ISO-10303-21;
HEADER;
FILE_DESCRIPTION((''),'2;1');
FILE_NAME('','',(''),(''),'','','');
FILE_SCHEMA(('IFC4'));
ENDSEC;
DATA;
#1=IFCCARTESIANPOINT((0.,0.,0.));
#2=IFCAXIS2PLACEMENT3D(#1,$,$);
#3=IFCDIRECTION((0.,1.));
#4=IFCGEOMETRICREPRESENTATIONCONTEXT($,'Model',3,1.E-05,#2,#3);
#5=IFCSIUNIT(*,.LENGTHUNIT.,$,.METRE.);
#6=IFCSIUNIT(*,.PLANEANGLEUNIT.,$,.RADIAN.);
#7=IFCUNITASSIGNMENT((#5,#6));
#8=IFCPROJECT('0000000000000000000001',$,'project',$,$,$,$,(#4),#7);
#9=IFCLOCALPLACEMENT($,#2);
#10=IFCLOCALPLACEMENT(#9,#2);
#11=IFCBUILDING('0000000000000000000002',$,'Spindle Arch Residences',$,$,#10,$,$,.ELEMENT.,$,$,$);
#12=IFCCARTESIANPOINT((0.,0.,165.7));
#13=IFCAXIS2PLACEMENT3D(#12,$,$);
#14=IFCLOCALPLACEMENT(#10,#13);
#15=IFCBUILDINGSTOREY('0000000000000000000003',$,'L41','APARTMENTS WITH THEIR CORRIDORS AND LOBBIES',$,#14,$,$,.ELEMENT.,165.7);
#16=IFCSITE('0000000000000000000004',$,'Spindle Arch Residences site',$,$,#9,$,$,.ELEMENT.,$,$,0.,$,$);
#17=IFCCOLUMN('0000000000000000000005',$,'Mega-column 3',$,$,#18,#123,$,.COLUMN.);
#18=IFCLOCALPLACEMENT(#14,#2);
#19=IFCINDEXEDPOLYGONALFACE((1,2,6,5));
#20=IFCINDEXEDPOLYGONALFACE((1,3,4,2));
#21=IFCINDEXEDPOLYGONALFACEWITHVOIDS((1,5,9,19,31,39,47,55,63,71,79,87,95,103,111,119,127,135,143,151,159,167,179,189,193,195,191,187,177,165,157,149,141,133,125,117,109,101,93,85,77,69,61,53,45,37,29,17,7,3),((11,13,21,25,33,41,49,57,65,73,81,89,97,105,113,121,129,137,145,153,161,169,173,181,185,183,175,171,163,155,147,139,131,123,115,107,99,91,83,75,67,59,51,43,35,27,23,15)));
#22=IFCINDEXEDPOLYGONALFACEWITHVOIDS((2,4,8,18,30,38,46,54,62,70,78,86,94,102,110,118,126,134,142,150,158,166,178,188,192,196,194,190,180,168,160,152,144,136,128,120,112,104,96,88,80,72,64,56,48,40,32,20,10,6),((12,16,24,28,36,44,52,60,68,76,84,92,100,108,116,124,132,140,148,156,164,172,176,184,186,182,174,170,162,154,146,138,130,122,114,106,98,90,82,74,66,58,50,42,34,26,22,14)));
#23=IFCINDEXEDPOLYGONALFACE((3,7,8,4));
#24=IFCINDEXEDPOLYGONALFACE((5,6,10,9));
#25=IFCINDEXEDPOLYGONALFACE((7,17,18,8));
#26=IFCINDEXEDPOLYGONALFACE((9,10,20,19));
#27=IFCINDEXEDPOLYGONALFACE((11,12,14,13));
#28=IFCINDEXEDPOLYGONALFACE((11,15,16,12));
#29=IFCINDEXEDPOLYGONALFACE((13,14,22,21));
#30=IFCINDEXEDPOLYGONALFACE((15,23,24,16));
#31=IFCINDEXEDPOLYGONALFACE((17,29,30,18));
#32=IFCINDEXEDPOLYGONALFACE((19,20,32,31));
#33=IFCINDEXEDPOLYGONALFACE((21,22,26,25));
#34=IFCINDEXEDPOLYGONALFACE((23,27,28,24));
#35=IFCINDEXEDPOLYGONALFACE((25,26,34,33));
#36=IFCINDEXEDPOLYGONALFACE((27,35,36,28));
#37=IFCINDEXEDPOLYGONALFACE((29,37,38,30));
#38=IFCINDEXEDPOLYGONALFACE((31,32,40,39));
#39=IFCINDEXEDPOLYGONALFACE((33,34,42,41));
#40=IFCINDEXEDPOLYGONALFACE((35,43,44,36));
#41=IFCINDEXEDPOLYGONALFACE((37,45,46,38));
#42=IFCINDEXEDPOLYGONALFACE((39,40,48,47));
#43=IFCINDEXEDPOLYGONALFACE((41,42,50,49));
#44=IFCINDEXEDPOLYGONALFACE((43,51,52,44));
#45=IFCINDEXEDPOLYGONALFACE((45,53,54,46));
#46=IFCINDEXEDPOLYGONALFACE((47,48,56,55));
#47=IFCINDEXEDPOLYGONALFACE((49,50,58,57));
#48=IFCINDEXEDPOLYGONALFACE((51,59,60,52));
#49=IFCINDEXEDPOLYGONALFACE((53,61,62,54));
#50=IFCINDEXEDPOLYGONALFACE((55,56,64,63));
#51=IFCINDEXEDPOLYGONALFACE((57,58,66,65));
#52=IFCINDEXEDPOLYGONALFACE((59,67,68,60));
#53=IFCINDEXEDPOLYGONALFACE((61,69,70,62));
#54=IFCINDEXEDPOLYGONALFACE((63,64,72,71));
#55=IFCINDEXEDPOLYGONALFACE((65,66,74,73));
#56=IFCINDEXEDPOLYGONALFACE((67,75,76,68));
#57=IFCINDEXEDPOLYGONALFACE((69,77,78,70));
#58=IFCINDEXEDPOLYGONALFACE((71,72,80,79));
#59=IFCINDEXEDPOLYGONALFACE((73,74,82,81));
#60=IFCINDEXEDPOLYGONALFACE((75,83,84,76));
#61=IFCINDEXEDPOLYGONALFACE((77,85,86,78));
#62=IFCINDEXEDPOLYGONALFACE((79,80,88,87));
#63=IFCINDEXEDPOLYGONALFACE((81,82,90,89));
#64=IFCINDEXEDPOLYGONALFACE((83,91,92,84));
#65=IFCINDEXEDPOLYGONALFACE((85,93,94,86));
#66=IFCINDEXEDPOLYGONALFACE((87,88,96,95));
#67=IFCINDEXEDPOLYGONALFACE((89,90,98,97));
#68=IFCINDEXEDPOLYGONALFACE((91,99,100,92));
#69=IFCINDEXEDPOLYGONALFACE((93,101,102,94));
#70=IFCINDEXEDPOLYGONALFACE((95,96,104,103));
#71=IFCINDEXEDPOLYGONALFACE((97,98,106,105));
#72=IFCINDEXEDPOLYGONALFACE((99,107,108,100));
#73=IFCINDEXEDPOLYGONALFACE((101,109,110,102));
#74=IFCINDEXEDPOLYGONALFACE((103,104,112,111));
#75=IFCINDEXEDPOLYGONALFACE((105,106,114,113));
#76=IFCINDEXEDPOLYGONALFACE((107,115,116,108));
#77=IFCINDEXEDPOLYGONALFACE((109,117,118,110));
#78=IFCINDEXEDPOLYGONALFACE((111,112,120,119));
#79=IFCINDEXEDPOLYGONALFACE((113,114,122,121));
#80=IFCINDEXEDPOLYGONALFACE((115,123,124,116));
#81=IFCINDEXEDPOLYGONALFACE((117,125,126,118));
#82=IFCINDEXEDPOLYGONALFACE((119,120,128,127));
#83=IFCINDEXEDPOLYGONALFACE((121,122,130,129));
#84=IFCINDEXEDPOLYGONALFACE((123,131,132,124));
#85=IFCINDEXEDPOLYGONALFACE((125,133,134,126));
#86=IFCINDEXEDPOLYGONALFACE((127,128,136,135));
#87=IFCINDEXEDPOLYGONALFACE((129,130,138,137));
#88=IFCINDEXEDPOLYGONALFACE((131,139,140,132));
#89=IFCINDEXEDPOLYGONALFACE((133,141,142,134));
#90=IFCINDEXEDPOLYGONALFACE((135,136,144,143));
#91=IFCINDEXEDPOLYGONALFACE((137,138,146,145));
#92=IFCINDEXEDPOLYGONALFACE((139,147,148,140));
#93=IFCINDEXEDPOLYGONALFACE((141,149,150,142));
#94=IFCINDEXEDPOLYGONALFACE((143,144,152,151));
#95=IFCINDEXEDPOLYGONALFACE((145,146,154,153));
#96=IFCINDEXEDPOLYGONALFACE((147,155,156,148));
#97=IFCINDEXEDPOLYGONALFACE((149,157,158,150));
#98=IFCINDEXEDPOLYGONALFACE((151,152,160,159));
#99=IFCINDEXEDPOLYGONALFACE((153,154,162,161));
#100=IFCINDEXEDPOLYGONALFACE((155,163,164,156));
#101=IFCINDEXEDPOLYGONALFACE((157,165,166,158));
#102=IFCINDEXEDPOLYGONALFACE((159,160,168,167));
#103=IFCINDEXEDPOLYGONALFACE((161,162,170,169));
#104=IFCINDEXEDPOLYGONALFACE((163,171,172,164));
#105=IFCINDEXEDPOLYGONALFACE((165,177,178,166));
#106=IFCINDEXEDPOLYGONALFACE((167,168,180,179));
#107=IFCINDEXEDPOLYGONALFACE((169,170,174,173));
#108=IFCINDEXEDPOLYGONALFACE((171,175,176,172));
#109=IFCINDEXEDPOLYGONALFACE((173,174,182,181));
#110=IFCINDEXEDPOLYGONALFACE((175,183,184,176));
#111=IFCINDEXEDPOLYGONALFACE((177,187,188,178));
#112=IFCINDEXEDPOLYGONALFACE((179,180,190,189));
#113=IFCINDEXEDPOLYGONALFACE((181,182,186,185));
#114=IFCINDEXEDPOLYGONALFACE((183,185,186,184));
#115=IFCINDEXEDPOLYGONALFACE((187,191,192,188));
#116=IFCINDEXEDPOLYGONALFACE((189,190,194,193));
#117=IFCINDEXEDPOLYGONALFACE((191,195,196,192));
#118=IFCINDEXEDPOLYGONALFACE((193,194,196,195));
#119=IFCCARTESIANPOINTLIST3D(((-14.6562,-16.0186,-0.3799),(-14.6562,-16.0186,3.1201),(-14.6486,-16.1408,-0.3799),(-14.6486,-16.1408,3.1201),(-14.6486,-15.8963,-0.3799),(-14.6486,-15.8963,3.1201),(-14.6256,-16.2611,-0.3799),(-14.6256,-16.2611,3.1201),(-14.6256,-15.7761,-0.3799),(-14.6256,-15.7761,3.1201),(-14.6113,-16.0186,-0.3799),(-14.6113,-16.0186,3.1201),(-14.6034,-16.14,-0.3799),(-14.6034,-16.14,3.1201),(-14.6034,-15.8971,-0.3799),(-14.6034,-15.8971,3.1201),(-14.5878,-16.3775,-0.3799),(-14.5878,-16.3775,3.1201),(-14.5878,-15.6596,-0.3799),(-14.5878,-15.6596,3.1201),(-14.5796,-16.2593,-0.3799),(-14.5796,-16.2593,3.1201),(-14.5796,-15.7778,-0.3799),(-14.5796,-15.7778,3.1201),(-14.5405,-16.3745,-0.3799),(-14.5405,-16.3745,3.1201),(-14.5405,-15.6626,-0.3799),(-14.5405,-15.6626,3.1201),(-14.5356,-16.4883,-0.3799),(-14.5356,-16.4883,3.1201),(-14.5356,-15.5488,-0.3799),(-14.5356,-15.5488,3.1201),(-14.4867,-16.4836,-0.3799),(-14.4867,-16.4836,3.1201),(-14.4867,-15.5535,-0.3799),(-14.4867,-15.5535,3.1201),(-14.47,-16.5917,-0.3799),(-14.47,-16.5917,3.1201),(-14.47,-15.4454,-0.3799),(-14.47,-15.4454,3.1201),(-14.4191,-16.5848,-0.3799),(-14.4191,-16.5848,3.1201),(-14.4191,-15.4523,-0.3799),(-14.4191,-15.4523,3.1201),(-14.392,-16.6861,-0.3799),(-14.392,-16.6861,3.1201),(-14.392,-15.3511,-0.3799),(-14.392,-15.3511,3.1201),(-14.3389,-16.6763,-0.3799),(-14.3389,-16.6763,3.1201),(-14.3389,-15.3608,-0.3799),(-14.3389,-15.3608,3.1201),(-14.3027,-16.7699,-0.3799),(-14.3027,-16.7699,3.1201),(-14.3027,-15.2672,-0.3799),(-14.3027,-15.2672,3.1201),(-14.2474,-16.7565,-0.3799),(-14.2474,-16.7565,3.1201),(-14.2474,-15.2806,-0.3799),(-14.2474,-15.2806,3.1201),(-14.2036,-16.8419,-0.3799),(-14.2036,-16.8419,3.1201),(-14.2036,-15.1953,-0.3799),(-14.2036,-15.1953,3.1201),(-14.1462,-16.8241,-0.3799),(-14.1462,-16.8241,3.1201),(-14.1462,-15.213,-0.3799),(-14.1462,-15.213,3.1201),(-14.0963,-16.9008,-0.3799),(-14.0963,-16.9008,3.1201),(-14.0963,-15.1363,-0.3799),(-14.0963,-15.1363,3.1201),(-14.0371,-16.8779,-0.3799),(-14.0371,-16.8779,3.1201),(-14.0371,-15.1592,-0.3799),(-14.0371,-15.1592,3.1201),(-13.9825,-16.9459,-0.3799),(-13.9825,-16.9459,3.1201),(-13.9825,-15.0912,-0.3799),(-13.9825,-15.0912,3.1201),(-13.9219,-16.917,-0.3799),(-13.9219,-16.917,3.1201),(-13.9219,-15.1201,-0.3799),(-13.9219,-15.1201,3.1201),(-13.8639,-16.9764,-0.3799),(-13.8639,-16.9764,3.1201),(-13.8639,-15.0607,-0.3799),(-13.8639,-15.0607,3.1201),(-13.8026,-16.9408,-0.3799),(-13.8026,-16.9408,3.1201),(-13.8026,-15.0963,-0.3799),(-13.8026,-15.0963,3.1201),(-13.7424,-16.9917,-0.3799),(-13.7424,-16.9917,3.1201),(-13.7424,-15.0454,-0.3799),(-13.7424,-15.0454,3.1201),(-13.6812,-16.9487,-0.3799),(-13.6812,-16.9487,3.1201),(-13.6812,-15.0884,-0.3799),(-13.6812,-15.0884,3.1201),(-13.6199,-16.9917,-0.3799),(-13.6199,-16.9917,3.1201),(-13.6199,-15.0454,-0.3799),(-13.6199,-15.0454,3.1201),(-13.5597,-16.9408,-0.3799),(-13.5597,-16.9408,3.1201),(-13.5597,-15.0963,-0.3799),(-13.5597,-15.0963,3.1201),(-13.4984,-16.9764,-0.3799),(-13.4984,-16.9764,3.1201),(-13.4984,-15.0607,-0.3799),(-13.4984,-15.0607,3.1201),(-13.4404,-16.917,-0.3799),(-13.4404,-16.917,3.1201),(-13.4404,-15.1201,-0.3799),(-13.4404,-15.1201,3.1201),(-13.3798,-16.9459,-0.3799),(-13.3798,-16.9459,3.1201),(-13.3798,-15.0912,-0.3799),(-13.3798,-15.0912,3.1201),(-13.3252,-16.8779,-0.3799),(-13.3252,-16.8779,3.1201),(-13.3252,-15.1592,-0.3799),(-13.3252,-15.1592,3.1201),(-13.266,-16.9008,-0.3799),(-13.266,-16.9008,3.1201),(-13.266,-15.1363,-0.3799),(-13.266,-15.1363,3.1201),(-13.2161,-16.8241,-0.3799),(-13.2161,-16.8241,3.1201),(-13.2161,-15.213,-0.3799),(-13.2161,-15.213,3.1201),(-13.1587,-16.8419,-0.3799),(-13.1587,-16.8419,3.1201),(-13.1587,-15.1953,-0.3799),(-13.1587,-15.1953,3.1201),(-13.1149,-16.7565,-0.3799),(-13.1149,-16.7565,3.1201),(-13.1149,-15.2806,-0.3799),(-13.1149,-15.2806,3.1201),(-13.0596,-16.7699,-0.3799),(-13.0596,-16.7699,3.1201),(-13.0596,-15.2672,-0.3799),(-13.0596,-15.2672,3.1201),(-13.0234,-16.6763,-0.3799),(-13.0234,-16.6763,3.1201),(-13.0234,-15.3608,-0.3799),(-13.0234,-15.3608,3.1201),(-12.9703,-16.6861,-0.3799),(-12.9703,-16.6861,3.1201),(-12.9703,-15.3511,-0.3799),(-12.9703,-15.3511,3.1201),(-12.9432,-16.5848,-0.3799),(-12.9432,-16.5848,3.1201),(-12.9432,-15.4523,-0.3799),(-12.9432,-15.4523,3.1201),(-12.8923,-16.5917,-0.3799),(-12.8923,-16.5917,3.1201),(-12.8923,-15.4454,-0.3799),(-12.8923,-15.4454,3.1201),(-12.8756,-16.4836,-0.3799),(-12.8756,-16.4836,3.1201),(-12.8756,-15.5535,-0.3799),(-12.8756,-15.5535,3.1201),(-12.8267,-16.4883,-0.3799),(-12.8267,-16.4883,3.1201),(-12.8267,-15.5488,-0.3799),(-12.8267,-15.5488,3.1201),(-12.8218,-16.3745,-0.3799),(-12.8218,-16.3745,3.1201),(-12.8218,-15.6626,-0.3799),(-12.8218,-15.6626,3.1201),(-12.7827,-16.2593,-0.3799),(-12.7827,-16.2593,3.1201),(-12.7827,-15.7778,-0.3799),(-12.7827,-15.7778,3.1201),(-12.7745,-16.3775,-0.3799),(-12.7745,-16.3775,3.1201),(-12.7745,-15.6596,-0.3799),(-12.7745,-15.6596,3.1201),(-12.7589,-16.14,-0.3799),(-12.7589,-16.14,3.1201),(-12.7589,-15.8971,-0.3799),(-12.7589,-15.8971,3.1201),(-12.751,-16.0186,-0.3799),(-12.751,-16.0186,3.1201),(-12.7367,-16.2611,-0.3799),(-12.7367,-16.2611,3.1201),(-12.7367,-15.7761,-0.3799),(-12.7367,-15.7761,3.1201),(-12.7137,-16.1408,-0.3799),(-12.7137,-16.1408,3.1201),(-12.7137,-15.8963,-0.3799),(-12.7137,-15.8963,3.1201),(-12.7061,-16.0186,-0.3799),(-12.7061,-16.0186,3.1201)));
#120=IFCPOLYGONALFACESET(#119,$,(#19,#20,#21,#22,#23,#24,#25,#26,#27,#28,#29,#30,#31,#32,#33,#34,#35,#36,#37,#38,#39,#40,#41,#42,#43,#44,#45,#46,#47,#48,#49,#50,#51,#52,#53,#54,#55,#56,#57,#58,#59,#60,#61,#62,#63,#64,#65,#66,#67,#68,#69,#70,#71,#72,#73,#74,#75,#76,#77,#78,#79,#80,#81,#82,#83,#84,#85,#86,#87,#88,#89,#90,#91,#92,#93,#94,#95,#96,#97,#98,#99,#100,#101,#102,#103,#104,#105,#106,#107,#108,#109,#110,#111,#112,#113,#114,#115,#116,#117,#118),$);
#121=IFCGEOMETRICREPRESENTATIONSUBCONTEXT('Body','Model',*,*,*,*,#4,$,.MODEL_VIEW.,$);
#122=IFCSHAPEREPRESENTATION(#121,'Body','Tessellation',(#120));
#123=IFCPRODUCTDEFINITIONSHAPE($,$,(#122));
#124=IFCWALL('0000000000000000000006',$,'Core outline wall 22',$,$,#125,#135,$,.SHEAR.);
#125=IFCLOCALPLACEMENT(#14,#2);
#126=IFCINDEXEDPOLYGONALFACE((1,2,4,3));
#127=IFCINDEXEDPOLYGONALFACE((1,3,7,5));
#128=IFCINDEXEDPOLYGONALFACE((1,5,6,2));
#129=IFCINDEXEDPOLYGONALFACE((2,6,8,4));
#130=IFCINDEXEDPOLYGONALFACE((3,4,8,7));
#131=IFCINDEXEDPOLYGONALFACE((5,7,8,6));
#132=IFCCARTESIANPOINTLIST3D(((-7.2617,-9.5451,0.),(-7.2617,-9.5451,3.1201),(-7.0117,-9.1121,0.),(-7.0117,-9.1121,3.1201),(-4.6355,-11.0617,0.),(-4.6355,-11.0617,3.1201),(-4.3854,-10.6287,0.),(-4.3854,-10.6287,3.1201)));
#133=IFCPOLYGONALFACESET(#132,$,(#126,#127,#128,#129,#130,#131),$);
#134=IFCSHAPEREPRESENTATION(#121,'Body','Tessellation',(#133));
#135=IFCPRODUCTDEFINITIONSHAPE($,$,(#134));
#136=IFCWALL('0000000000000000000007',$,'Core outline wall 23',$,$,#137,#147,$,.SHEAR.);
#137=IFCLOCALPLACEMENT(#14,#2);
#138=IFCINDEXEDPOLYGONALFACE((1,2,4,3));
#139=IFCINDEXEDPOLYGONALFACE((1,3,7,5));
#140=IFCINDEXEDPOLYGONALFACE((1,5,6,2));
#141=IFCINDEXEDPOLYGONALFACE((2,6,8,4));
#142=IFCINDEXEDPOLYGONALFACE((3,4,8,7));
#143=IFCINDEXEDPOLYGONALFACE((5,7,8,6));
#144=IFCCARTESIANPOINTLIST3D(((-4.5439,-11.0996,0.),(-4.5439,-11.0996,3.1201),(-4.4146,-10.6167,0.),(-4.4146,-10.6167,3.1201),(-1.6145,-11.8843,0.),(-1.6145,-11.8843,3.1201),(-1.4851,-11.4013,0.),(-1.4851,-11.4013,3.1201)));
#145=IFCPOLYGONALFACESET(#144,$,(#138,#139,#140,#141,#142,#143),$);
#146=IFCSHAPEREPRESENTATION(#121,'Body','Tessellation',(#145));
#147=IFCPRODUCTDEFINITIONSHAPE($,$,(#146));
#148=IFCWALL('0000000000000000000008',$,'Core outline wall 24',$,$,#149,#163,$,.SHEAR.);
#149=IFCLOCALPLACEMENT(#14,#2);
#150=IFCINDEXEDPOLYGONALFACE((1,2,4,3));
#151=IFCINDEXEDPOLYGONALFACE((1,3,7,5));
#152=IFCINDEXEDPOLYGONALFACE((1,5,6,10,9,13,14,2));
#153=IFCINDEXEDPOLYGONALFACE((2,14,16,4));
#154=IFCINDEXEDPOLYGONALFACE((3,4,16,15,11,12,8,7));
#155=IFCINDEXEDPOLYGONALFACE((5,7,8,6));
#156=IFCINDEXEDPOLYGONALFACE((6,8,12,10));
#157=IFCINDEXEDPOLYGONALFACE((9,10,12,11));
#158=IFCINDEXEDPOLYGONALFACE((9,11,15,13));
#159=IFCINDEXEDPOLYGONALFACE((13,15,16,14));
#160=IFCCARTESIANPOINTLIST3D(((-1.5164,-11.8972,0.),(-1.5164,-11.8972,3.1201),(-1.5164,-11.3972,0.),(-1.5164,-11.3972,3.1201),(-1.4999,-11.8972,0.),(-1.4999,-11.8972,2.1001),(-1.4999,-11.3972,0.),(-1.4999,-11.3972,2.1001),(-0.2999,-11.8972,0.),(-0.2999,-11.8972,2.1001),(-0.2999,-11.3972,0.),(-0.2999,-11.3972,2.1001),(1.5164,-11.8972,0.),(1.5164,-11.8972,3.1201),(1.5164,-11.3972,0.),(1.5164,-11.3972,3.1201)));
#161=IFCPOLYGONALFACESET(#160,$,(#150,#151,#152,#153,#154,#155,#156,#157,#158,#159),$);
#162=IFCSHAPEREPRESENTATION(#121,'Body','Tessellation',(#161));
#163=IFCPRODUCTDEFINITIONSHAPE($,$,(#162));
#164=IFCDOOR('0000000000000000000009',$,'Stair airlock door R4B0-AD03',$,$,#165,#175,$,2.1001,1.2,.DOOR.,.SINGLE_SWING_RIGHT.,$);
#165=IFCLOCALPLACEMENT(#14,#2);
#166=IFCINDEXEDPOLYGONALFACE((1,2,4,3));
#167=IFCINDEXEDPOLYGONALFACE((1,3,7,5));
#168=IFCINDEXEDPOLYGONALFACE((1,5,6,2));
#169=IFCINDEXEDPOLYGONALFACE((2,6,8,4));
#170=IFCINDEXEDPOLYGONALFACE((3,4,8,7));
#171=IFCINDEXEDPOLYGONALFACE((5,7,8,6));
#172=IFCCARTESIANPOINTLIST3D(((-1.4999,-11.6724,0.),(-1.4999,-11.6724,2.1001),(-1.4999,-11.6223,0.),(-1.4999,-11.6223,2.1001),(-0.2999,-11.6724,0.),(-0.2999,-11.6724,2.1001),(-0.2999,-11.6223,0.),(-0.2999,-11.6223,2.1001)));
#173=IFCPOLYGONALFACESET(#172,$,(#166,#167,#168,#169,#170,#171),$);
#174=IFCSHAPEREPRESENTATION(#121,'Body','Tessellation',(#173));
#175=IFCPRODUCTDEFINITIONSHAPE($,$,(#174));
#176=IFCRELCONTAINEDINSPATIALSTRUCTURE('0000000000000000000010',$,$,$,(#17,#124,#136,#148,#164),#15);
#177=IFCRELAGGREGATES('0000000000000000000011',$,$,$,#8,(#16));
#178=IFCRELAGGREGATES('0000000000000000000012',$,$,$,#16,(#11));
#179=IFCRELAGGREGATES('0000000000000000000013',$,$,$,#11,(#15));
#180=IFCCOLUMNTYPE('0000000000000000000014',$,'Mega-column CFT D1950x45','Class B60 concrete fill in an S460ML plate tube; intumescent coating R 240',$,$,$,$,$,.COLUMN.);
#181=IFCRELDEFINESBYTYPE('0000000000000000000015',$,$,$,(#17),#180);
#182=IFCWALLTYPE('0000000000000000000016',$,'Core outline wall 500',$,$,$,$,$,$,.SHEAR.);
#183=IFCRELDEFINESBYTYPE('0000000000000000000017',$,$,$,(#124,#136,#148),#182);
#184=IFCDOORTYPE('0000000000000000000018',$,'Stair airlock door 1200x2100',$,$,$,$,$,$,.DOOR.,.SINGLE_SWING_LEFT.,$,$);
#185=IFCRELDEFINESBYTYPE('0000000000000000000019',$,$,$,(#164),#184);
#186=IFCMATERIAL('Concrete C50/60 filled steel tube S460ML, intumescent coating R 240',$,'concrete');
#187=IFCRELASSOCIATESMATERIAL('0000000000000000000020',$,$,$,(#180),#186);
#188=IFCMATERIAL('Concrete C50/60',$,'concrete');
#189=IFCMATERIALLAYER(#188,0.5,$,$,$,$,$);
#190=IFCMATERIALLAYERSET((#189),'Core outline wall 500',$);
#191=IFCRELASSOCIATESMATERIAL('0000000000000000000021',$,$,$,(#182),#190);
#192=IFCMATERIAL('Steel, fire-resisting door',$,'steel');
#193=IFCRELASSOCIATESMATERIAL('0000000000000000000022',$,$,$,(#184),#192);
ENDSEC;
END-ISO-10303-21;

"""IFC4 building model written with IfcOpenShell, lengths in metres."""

from ifc_helpers import new_model, si_unit, direction, frame, frame_2d, origin, origin_2d, place, context, subcontext, project, spatial, rectangle, hollow_circle, extrude, material, layer, layer_set, material_profile, profile_set, type_object, element, fill, save


model = new_model("IFC4")

# Units and contexts
model_context = context("Model", 3, precision=1e-05, world=origin(), true_north=direction((0.0, 1.0)))
body_context = subcontext(model_context, "Body", "Model", "MODEL_VIEW")
ifc_project = project(units=[si_unit("LENGTHUNIT", "METRE"), si_unit("PLANEANGLEUNIT", "RADIAN")], contexts=[model_context])

# Site, building, storey
site_placement = place(None, origin())
site = spatial("IfcSite", under=ifc_project, at=site_placement, Name="Spindle Arch Residences site", CompositionType="ELEMENT", RefElevation=0.0)
building_placement = place(site_placement, origin())
building = spatial("IfcBuilding", under=site, at=building_placement, Name="Spindle Arch Residences", CompositionType="ELEMENT")
storey_placement = place(building_placement, frame((0.0, 0.0, 165.7)))
storey = spatial("IfcBuildingStorey", under=building, at=storey_placement, Name="L41", Description="APARTMENTS WITH THEIR CORRIDORS AND LOBBIES", CompositionType="ELEMENT", Elevation=165.7)

# Column
ifc_material_1 = material(Name="Concrete C50/60 filled steel tube S460ML, intumescent coating R 240", Category="concrete")
ifc_material_profile = material_profile(ifc_material_1, hollow_circle(Radius=0.9751, WallThickness=0.0449, at=origin_2d()), Name="CFT D1950x45")
ifc_profile_set = profile_set([ifc_material_profile], Name="Concrete C50/60 filled steel tube S460ML, intumescent coating R 240")
column_type = type_object("IfcColumnType", Name="Mega-column CFT D1950x45", Description="Class B60 concrete fill in an S460ML plate tube; intumescent coating R 240", PredefinedType="COLUMN", material=ifc_profile_set)
column_placement = place(storey_placement, frame((-13.6812, -16.0186, -0.3799), z_axis=(0.0, 0.0, 1.0), x_axis=(1.0, 0.0, 0.0)))
element("IfcColumn", 1, at=column_placement, inside=storey, type_object=column_type, Name="Mega-column 3", PredefinedType="COLUMN", context=body_context, shape_type="SweptSolid", body=[
    extrude(hollow_circle(Radius=0.9751, WallThickness=0.0449, at=origin_2d()), origin(), (0.0, 0.0, 1.0), 3.5),
])

# Walls
ifc_material_2 = material(Name="Concrete C50/60", Category="concrete")
ifc_layer_1 = layer(ifc_material_2, 0.5)
ifc_layer_set_1 = layer_set([ifc_layer_1], Name="Core outline wall 500")
wall_type_1 = type_object("IfcWallType", Name="Core outline wall 500", PredefinedType="SHEAR", material=ifc_layer_set_1)
for number, where, z_axis, x_axis, name in (
    (2, (-7.1367, -9.3286, 0.0), (0.0, 0.0, 1.0), (0.865975, -0.500087, 0.0), "Core outline wall 22"),
    (3, (-4.4792, -10.8582, 0.0), (0.0, 0.0, 1.0), (0.965948, -0.258735, 0.0), "Core outline wall 23"),
):
    element("IfcWall", number, at=place(storey_placement, frame(where, z_axis=z_axis, x_axis=x_axis)), inside=storey, type_object=wall_type_1, Name=name, PredefinedType="SHEAR", context=body_context, shape_type="SweptSolid", body=[
        extrude(rectangle(XDim=3.0327, YDim=0.5, at=frame_2d((1.5164, 0.0))), origin(), (0.0, 0.0, 1.0), 3.1201),
    ])

# Wall, opening, door
wall_1_placement = place(storey_placement, frame((-1.5164, -11.6472, 0.0), z_axis=(0.0, 0.0, 1.0), x_axis=(1.0, 0.0, 0.0)))
wall_1 = element("IfcWall", 4, at=wall_1_placement, inside=storey, type_object=wall_type_1, Name="Core outline wall 24", PredefinedType="SHEAR", context=body_context, shape_type="SweptSolid", body=[
    extrude(rectangle(XDim=3.0327, YDim=0.5, at=frame_2d((1.5164, 0.0))), origin(), (0.0, 0.0, 1.0), 3.1201),
])
opening_1_placement = place(wall_1_placement, frame((0.0164, 0.0, 0.0)))
opening_1 = element("IfcOpeningElement", 5, at=opening_1_placement, cuts=wall_1, PredefinedType="OPENING", context=body_context, shape_type="SweptSolid", body=[
    extrude(rectangle(XDim=1.2, YDim=2.1001, at=frame_2d((0.6001, 1.05))), frame((0.0, 0.26, 0.0), z_axis=(0.0, -1.0, 0.0), x_axis=(1.0, 0.0, 0.0)), (0.0, 0.0, 1.0), 0.52),
])
ifc_material_3 = material(Name="Steel, fire-resisting door", Category="steel")
door_type_1 = type_object("IfcDoorType", Name="Stair airlock door 1200x2100", OperationType="SINGLE_SWING_LEFT", PredefinedType="DOOR", material=ifc_material_3)
door_1_placement = place(opening_1_placement, origin())
door_1 = element("IfcDoor", 6, at=door_1_placement, inside=storey, type_object=door_type_1, Name="Stair airlock door R4B0-AD03", OperationType="SINGLE_SWING_RIGHT", OverallHeight=2.1001, OverallWidth=1.2, PredefinedType="DOOR", context=body_context, shape_type="SweptSolid", body=[
    extrude(rectangle(XDim=1.2, YDim=2.1001, at=frame_2d((0.6001, 1.05))), frame((0.0, 0.0249, 0.0), z_axis=(0.0, -1.0, 0.0), x_axis=(1.0, 0.0, 0.0)), (0.0, 0.0, 1.0), 0.05),
])
fill(opening_1, door_1)

save(model, "model.ifc")
